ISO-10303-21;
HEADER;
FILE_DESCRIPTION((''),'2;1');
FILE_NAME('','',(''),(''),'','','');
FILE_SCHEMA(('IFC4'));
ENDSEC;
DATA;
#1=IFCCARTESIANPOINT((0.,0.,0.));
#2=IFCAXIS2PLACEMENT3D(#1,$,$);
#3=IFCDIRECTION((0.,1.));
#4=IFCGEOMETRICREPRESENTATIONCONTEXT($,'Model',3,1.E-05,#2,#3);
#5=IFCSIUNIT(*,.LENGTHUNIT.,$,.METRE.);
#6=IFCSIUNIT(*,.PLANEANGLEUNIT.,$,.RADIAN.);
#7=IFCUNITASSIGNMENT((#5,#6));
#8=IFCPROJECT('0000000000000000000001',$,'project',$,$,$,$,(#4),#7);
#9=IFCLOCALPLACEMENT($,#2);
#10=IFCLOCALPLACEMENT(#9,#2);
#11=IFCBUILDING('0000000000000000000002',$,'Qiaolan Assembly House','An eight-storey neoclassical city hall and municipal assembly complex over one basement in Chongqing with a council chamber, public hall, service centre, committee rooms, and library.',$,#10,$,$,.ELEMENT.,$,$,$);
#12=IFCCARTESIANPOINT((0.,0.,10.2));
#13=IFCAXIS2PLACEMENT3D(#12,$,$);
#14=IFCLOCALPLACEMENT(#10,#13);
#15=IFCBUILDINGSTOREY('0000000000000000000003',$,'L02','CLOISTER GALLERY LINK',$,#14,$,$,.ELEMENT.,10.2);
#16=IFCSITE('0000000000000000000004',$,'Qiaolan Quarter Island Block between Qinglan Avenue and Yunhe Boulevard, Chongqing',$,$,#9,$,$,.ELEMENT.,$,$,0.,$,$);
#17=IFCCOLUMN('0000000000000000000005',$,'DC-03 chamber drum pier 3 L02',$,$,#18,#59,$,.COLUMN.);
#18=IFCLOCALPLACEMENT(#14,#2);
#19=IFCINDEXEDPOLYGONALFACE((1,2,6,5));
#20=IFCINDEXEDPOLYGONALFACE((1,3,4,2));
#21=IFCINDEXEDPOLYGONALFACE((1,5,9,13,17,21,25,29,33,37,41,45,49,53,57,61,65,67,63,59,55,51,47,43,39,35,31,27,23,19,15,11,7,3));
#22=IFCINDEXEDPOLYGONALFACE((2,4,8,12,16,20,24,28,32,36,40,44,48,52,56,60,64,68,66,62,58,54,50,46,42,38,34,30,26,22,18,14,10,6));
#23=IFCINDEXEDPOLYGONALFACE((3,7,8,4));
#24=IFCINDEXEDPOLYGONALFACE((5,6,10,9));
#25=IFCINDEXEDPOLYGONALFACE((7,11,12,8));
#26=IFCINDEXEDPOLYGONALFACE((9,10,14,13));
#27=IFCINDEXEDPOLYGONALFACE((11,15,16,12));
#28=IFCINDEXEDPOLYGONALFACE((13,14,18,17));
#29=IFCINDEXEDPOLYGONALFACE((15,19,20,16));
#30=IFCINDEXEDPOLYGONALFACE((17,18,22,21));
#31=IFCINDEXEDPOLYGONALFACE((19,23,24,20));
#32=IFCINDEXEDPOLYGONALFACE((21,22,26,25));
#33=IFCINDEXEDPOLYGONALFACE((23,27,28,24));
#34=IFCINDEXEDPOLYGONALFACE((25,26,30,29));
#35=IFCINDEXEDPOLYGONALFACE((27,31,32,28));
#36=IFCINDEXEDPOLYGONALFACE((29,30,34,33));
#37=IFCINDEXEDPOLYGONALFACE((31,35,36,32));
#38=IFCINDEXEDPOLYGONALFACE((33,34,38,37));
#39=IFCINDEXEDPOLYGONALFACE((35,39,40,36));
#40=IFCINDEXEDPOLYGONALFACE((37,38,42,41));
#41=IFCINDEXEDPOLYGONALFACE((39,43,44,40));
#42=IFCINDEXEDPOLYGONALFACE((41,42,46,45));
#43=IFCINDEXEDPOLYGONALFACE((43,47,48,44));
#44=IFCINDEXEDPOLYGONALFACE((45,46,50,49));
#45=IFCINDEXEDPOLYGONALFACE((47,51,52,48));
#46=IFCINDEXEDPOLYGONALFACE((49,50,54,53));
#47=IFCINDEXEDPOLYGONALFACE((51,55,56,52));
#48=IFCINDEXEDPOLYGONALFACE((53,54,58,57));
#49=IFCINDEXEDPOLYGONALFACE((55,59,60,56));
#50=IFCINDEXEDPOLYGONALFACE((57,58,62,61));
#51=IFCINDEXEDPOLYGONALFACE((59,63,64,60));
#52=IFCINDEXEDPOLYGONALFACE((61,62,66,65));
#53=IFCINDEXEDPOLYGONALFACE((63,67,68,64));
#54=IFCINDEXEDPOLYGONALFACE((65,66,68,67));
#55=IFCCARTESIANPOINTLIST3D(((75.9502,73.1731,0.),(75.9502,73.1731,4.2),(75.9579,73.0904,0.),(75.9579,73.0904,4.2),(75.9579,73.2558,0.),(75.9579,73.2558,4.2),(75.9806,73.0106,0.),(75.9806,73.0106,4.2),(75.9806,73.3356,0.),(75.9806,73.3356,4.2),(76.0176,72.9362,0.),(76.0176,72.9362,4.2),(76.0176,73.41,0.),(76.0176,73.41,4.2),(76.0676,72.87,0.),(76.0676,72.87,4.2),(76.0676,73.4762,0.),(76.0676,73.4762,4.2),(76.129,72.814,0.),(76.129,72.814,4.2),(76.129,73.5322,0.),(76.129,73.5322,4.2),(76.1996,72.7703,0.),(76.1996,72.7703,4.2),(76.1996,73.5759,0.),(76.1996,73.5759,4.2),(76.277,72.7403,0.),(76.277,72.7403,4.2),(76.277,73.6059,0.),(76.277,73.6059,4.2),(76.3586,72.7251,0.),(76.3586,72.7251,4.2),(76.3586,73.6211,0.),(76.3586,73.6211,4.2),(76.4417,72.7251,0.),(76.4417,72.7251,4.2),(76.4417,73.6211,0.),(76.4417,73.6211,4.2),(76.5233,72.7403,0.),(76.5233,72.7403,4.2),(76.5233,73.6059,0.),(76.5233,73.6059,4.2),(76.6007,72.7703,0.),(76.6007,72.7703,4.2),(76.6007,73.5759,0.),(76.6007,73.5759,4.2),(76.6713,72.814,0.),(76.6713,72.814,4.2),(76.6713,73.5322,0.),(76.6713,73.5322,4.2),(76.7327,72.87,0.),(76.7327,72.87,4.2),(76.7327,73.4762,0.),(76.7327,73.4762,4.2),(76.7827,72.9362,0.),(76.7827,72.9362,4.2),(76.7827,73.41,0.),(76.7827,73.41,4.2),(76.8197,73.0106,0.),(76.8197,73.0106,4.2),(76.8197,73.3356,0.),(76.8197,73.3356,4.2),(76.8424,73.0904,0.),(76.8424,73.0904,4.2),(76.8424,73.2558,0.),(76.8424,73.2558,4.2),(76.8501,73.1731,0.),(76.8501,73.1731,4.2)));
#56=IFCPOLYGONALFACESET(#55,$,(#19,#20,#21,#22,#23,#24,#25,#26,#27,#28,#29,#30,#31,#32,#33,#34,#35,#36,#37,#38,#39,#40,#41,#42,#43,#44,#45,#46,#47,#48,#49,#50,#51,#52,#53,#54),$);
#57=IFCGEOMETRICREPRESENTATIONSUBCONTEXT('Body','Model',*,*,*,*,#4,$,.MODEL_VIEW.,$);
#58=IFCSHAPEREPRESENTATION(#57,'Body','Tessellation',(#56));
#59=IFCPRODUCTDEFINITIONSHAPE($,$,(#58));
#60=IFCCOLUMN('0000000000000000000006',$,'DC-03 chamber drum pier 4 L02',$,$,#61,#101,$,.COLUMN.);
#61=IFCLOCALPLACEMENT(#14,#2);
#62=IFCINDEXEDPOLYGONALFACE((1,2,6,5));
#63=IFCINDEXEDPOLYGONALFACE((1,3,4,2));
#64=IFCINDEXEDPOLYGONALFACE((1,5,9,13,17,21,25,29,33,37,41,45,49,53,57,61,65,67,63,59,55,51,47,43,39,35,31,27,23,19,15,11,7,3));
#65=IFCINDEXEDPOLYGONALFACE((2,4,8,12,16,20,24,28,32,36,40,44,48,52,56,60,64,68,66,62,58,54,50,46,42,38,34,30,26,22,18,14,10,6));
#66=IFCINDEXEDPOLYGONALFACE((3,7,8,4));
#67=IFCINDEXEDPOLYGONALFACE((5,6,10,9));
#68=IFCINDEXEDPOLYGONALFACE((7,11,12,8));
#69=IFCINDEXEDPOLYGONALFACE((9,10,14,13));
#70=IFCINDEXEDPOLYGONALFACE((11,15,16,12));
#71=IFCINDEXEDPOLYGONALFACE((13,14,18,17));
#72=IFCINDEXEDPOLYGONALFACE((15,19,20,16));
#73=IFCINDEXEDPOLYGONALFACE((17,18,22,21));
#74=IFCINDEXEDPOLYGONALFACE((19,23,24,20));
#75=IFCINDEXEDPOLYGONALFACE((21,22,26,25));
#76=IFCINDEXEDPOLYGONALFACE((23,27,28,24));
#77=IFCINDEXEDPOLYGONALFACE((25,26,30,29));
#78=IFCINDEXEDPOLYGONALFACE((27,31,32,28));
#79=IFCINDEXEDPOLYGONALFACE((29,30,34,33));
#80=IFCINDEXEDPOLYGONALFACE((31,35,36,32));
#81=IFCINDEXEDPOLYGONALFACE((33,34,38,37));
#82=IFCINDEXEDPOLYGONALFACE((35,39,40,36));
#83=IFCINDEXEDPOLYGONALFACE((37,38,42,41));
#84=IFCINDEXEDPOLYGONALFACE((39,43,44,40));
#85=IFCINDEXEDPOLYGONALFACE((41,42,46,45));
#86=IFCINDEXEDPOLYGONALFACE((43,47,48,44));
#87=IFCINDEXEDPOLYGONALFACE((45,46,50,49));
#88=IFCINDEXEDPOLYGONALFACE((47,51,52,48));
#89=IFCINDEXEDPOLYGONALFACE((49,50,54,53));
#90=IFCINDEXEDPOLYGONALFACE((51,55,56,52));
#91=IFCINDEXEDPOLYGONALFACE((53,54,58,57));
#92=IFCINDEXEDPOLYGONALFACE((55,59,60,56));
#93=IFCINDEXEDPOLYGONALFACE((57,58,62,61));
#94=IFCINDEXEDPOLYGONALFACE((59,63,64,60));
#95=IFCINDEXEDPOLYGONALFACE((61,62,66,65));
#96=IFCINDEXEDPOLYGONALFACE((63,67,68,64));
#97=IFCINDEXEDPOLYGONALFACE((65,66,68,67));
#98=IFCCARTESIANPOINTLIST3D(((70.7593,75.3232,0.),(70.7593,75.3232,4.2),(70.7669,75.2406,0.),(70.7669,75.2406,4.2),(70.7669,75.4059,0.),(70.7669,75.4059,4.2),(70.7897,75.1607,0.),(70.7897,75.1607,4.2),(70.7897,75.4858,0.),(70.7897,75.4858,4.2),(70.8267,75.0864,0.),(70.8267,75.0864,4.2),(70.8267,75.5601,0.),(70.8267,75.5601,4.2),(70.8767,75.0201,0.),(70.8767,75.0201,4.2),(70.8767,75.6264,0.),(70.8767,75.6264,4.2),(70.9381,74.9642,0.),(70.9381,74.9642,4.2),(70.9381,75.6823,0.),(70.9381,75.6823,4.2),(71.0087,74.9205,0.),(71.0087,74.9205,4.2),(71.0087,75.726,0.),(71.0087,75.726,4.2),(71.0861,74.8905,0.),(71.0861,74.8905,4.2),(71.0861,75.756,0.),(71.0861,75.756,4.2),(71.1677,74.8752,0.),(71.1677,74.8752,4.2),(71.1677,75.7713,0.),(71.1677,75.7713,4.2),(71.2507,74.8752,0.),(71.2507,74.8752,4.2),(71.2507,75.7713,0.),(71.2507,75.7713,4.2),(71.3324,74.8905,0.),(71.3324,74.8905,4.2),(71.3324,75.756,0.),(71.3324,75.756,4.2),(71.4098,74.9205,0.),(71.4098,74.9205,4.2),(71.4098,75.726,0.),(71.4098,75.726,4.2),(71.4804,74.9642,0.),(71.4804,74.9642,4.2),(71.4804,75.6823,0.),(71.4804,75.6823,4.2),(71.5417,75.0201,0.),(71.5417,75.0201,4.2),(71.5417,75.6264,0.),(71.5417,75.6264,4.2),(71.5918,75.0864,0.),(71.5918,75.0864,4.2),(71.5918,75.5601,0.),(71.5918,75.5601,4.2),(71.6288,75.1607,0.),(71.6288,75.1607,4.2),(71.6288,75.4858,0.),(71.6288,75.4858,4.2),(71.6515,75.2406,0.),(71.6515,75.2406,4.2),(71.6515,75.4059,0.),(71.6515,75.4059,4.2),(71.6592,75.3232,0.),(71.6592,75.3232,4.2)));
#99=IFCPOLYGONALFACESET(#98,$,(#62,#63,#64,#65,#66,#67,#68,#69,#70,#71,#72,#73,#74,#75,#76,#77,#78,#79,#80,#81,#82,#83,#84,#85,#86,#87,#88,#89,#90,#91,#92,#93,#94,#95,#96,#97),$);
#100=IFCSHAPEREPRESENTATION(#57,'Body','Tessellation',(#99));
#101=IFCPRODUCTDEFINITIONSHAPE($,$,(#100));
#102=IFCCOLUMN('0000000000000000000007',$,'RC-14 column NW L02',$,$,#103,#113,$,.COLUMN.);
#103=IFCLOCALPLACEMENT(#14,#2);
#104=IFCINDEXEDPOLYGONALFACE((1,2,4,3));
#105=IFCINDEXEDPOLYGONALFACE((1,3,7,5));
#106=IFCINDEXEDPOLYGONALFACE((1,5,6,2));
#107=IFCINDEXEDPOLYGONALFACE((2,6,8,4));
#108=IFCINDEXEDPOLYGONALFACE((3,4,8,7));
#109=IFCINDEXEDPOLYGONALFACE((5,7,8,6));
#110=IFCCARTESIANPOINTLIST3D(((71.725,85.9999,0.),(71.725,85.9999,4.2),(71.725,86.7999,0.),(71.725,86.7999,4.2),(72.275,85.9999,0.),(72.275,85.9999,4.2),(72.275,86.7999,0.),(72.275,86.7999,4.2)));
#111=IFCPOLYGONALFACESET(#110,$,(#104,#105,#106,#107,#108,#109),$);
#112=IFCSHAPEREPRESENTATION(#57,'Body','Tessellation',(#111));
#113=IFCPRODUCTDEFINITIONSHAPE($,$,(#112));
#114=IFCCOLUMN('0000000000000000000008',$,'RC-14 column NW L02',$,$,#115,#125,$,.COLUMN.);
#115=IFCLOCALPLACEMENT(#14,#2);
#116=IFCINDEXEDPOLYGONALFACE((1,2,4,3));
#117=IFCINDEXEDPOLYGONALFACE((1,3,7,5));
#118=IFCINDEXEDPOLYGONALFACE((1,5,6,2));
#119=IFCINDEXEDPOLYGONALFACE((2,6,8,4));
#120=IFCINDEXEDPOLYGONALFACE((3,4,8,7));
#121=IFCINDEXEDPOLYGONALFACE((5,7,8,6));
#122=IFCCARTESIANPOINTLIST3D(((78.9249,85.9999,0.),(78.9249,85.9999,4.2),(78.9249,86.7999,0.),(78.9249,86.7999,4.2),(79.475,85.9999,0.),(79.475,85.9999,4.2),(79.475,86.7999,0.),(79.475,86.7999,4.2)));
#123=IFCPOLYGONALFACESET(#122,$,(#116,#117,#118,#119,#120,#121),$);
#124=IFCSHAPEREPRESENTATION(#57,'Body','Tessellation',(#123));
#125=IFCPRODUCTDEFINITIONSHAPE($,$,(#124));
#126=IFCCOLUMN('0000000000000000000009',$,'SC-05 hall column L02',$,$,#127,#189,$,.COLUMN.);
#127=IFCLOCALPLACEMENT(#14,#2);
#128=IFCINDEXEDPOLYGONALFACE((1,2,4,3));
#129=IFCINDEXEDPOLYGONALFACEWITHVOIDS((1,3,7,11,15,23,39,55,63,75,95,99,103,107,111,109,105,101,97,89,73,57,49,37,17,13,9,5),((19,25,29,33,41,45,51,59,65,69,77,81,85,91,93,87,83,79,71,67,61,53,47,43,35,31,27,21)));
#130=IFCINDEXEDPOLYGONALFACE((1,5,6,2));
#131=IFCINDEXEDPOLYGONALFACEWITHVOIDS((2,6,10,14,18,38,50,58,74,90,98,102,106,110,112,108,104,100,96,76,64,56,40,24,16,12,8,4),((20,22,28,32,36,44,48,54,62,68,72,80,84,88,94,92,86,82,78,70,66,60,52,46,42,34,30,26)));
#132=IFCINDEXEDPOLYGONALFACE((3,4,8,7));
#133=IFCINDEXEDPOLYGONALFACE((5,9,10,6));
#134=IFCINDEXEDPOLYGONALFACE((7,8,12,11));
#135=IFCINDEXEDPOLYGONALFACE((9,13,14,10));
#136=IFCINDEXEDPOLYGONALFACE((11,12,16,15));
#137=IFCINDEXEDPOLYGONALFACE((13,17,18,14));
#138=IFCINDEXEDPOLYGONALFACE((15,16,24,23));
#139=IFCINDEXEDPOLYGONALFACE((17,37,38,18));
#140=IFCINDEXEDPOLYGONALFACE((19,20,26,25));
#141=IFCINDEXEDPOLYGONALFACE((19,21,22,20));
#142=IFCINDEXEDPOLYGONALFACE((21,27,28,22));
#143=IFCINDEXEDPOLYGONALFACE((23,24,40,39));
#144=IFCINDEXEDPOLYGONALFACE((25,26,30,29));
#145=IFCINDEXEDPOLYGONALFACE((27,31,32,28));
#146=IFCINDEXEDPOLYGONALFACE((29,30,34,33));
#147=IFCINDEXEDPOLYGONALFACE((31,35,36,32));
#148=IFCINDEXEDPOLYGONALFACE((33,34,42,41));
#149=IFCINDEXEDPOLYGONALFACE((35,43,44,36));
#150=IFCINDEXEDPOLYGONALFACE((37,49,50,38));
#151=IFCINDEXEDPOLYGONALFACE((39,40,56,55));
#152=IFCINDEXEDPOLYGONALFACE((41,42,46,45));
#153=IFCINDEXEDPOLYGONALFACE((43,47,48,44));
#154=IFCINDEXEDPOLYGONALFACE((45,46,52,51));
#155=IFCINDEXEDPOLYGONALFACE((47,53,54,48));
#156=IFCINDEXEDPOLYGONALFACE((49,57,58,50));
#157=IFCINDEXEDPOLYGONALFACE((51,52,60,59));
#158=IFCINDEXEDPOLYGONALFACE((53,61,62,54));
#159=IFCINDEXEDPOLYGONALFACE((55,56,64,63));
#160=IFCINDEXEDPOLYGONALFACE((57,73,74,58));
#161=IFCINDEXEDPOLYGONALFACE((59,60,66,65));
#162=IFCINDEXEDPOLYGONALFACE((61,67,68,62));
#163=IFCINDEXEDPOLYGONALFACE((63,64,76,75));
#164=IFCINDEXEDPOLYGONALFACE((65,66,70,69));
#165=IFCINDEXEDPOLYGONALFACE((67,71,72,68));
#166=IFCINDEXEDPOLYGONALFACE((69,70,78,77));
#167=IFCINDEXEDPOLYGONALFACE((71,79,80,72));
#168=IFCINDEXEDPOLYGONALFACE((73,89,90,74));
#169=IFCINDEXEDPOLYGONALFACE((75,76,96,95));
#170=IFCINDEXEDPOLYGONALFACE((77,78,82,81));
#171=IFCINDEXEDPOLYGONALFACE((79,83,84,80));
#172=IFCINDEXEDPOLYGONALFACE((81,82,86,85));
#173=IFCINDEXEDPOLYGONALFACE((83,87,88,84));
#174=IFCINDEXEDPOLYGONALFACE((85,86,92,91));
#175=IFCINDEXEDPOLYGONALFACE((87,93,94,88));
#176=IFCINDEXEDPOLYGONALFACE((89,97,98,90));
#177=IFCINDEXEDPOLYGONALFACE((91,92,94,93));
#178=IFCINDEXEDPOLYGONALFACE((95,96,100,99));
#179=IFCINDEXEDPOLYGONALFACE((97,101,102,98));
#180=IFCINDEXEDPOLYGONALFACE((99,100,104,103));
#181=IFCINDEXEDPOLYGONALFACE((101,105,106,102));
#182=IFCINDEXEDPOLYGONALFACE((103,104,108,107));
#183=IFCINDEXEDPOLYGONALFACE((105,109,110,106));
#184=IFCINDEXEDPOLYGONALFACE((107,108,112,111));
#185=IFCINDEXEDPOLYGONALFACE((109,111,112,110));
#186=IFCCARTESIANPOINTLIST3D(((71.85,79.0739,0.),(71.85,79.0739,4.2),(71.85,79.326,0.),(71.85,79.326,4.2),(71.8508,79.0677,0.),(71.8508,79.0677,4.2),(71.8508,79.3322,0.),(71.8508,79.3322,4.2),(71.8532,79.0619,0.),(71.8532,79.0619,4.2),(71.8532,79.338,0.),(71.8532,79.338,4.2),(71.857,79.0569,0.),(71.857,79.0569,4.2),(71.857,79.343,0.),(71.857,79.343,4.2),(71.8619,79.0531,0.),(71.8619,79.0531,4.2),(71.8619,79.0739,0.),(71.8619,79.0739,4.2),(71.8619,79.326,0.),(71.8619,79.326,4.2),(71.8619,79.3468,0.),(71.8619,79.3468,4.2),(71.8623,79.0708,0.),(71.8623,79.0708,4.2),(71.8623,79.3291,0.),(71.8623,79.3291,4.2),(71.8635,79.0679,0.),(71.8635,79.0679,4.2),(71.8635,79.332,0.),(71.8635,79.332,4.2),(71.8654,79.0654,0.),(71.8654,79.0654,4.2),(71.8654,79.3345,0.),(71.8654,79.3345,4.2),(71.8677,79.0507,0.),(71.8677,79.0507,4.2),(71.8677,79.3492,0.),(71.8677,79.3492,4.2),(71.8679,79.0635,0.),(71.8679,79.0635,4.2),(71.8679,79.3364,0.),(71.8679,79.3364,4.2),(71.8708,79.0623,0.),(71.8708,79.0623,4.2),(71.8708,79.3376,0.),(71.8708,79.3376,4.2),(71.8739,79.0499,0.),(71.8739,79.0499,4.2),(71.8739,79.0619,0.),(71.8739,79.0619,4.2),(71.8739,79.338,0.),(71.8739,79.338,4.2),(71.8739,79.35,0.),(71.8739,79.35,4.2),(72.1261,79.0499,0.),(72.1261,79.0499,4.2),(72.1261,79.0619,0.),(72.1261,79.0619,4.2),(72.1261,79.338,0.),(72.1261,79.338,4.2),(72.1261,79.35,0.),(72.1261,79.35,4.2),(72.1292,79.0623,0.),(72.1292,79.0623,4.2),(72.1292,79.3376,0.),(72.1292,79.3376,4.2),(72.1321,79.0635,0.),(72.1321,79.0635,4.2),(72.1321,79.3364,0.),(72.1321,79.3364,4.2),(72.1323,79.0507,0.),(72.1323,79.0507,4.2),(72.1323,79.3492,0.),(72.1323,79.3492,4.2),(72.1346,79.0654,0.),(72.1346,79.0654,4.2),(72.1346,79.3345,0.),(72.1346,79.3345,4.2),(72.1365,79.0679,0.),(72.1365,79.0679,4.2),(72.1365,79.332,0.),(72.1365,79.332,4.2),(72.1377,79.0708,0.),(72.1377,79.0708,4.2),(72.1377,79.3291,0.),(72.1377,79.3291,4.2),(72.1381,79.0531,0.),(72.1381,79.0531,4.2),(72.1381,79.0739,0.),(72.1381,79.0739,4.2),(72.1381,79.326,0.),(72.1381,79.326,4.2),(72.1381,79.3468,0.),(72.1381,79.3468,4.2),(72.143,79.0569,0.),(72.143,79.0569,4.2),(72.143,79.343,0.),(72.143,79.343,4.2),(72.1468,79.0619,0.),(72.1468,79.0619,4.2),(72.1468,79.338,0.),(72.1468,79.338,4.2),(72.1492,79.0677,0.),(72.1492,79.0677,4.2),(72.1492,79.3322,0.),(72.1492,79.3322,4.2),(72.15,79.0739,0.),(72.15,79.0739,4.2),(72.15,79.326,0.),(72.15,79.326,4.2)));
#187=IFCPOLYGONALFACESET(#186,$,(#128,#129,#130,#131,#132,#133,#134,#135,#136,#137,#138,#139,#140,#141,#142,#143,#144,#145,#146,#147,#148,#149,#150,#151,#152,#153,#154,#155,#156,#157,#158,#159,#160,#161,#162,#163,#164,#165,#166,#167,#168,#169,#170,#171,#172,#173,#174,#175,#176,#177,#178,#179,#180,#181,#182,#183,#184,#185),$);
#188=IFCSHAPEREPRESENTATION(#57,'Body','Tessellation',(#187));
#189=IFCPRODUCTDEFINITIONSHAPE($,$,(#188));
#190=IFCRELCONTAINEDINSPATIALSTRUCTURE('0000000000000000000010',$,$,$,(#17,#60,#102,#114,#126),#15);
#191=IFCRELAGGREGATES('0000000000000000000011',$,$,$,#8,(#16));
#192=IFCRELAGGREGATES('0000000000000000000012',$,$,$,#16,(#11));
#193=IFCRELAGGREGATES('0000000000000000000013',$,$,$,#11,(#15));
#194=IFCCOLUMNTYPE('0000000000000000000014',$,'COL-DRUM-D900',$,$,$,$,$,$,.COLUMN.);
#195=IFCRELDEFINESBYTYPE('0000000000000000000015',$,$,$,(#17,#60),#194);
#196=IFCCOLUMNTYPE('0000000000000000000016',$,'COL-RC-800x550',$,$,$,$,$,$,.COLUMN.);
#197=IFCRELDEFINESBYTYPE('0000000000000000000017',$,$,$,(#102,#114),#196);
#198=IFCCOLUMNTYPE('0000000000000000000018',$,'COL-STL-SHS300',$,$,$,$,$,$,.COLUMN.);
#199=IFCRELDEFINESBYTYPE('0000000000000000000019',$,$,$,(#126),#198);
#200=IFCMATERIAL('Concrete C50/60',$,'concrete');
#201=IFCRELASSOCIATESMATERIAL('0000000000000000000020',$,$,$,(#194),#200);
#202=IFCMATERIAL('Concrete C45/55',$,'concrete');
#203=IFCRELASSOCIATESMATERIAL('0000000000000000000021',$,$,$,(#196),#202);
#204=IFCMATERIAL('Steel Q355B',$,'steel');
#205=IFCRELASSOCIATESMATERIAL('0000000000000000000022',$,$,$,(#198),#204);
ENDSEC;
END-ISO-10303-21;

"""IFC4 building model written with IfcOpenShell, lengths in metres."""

from ifc_helpers import new_model, si_unit, direction, frame, origin, origin_2d, place, context, subcontext, project, spatial, rectangle, hollow_rectangle, circle, extrude, material, material_profile, profile_set, type_object, element, save


model = new_model("IFC4")

# Units and contexts
model_context = context("Model", 3, precision=1e-05, world=origin(), true_north=direction((0.0, 1.0)))
body_context = subcontext(model_context, "Body", "Model", "MODEL_VIEW")
ifc_project = project(units=[si_unit("LENGTHUNIT", "METRE"), si_unit("PLANEANGLEUNIT", "RADIAN")], contexts=[model_context])

# Site, building, storey
site_placement = place(None, origin())
site = spatial("IfcSite", under=ifc_project, at=site_placement, Name="Qiaolan Quarter Island Block between Qinglan Avenue and Yunhe Boulevard, Chongqing", CompositionType="ELEMENT", RefElevation=0.0)
building_placement = place(site_placement, origin())
building = spatial("IfcBuilding", under=site, at=building_placement, Name="Qiaolan Assembly House", Description="An eight-storey neoclassical city hall and municipal assembly complex over one basement in Chongqing with a council chamber, public hall, service centre, committee rooms, and library.", CompositionType="ELEMENT")
storey_placement = place(building_placement, frame((0.0, 0.0, 10.2)))
storey = spatial("IfcBuildingStorey", under=building, at=storey_placement, Name="L02", Description="CLOISTER GALLERY LINK", CompositionType="ELEMENT", Elevation=10.2)

# Columns
ifc_material_1 = material(Name="Concrete C50/60", Category="concrete")
ifc_material_profile_1 = material_profile(ifc_material_1, circle(Radius=0.45, at=origin_2d()), Name="CIRC D900")
ifc_profile_set_1 = profile_set([ifc_material_profile_1], Name="Concrete C50/60")
column_type_1 = type_object("IfcColumnType", Name="COL-DRUM-D900", PredefinedType="COLUMN", material=ifc_profile_set_1)
for number, where, z_axis, x_axis, name in (
    (1, (76.4001, 73.1731, 0.0), (0.0, 0.0, 1.0), (1.0, 0.0, 0.0), "DC-03 chamber drum pier 3 L02"),
    (2, (71.2092, 75.3232, 0.0), (0.0, 0.0, 1.0), (1.0, 0.0, 0.0), "DC-03 chamber drum pier 4 L02"),
):
    element("IfcColumn", number, at=place(storey_placement, frame(where, z_axis=z_axis, x_axis=x_axis)), inside=storey, type_object=column_type_1, Name=name, PredefinedType="COLUMN", context=body_context, shape_type="SweptSolid", body=[
        extrude(circle(Radius=0.45, at=origin_2d()), origin(), (0.0, 0.0, 1.0), 4.2),
    ])
ifc_material_2 = material(Name="Concrete C45/55", Category="concrete")
ifc_material_profile_2 = material_profile(ifc_material_2, rectangle(XDim=0.55, YDim=0.8, at=origin_2d()), Name="RC 800x550")
ifc_profile_set_2 = profile_set([ifc_material_profile_2], Name="Concrete C45/55")
column_type_2 = type_object("IfcColumnType", Name="COL-RC-800x550", PredefinedType="COLUMN", material=ifc_profile_set_2)
for number, where, z_axis, x_axis, name in (
    (3, (72.0, 86.3999, 0.0), (0.0, 0.0, 1.0), (1.0, 0.0, 0.0), "RC-14 column NW L02"),
    (4, (79.2, 86.3999, 0.0), (0.0, 0.0, 1.0), (1.0, 0.0, 0.0), "RC-14 column NW L02"),
):
    element("IfcColumn", number, at=place(storey_placement, frame(where, z_axis=z_axis, x_axis=x_axis)), inside=storey, type_object=column_type_2, Name=name, PredefinedType="COLUMN", context=body_context, shape_type="SweptSolid", body=[
        extrude(rectangle(XDim=0.55, YDim=0.8, at=origin_2d()), origin(), (0.0, 0.0, 1.0), 4.2),
    ])
ifc_material_3 = material(Name="Steel Q355B", Category="steel")
ifc_material_profile_3 = material_profile(ifc_material_3, hollow_rectangle(XDim=0.3, YDim=0.3, WallThickness=0.012, InnerFilletRadius=0.012, OuterFilletRadius=0.0239, at=origin_2d()), Name="SHS 300x300x12")
ifc_profile_set_3 = profile_set([ifc_material_profile_3], Name="Steel Q355B")
column_type_3 = type_object("IfcColumnType", Name="COL-STL-SHS300", PredefinedType="COLUMN", material=ifc_profile_set_3)
column_placement = place(storey_placement, frame((72.0, 79.2, 0.0), z_axis=(0.0, 0.0, 1.0), x_axis=(1.0, 0.0, 0.0)))
element("IfcColumn", 5, at=column_placement, inside=storey, type_object=column_type_3, Name="SC-05 hall column L02", PredefinedType="COLUMN", context=body_context, shape_type="SweptSolid", body=[
    extrude(hollow_rectangle(XDim=0.3, YDim=0.3, WallThickness=0.012, InnerFilletRadius=0.012, OuterFilletRadius=0.0239, at=origin_2d()), origin(), (0.0, 0.0, 1.0), 4.2),
])

save(model, "model.ifc")
